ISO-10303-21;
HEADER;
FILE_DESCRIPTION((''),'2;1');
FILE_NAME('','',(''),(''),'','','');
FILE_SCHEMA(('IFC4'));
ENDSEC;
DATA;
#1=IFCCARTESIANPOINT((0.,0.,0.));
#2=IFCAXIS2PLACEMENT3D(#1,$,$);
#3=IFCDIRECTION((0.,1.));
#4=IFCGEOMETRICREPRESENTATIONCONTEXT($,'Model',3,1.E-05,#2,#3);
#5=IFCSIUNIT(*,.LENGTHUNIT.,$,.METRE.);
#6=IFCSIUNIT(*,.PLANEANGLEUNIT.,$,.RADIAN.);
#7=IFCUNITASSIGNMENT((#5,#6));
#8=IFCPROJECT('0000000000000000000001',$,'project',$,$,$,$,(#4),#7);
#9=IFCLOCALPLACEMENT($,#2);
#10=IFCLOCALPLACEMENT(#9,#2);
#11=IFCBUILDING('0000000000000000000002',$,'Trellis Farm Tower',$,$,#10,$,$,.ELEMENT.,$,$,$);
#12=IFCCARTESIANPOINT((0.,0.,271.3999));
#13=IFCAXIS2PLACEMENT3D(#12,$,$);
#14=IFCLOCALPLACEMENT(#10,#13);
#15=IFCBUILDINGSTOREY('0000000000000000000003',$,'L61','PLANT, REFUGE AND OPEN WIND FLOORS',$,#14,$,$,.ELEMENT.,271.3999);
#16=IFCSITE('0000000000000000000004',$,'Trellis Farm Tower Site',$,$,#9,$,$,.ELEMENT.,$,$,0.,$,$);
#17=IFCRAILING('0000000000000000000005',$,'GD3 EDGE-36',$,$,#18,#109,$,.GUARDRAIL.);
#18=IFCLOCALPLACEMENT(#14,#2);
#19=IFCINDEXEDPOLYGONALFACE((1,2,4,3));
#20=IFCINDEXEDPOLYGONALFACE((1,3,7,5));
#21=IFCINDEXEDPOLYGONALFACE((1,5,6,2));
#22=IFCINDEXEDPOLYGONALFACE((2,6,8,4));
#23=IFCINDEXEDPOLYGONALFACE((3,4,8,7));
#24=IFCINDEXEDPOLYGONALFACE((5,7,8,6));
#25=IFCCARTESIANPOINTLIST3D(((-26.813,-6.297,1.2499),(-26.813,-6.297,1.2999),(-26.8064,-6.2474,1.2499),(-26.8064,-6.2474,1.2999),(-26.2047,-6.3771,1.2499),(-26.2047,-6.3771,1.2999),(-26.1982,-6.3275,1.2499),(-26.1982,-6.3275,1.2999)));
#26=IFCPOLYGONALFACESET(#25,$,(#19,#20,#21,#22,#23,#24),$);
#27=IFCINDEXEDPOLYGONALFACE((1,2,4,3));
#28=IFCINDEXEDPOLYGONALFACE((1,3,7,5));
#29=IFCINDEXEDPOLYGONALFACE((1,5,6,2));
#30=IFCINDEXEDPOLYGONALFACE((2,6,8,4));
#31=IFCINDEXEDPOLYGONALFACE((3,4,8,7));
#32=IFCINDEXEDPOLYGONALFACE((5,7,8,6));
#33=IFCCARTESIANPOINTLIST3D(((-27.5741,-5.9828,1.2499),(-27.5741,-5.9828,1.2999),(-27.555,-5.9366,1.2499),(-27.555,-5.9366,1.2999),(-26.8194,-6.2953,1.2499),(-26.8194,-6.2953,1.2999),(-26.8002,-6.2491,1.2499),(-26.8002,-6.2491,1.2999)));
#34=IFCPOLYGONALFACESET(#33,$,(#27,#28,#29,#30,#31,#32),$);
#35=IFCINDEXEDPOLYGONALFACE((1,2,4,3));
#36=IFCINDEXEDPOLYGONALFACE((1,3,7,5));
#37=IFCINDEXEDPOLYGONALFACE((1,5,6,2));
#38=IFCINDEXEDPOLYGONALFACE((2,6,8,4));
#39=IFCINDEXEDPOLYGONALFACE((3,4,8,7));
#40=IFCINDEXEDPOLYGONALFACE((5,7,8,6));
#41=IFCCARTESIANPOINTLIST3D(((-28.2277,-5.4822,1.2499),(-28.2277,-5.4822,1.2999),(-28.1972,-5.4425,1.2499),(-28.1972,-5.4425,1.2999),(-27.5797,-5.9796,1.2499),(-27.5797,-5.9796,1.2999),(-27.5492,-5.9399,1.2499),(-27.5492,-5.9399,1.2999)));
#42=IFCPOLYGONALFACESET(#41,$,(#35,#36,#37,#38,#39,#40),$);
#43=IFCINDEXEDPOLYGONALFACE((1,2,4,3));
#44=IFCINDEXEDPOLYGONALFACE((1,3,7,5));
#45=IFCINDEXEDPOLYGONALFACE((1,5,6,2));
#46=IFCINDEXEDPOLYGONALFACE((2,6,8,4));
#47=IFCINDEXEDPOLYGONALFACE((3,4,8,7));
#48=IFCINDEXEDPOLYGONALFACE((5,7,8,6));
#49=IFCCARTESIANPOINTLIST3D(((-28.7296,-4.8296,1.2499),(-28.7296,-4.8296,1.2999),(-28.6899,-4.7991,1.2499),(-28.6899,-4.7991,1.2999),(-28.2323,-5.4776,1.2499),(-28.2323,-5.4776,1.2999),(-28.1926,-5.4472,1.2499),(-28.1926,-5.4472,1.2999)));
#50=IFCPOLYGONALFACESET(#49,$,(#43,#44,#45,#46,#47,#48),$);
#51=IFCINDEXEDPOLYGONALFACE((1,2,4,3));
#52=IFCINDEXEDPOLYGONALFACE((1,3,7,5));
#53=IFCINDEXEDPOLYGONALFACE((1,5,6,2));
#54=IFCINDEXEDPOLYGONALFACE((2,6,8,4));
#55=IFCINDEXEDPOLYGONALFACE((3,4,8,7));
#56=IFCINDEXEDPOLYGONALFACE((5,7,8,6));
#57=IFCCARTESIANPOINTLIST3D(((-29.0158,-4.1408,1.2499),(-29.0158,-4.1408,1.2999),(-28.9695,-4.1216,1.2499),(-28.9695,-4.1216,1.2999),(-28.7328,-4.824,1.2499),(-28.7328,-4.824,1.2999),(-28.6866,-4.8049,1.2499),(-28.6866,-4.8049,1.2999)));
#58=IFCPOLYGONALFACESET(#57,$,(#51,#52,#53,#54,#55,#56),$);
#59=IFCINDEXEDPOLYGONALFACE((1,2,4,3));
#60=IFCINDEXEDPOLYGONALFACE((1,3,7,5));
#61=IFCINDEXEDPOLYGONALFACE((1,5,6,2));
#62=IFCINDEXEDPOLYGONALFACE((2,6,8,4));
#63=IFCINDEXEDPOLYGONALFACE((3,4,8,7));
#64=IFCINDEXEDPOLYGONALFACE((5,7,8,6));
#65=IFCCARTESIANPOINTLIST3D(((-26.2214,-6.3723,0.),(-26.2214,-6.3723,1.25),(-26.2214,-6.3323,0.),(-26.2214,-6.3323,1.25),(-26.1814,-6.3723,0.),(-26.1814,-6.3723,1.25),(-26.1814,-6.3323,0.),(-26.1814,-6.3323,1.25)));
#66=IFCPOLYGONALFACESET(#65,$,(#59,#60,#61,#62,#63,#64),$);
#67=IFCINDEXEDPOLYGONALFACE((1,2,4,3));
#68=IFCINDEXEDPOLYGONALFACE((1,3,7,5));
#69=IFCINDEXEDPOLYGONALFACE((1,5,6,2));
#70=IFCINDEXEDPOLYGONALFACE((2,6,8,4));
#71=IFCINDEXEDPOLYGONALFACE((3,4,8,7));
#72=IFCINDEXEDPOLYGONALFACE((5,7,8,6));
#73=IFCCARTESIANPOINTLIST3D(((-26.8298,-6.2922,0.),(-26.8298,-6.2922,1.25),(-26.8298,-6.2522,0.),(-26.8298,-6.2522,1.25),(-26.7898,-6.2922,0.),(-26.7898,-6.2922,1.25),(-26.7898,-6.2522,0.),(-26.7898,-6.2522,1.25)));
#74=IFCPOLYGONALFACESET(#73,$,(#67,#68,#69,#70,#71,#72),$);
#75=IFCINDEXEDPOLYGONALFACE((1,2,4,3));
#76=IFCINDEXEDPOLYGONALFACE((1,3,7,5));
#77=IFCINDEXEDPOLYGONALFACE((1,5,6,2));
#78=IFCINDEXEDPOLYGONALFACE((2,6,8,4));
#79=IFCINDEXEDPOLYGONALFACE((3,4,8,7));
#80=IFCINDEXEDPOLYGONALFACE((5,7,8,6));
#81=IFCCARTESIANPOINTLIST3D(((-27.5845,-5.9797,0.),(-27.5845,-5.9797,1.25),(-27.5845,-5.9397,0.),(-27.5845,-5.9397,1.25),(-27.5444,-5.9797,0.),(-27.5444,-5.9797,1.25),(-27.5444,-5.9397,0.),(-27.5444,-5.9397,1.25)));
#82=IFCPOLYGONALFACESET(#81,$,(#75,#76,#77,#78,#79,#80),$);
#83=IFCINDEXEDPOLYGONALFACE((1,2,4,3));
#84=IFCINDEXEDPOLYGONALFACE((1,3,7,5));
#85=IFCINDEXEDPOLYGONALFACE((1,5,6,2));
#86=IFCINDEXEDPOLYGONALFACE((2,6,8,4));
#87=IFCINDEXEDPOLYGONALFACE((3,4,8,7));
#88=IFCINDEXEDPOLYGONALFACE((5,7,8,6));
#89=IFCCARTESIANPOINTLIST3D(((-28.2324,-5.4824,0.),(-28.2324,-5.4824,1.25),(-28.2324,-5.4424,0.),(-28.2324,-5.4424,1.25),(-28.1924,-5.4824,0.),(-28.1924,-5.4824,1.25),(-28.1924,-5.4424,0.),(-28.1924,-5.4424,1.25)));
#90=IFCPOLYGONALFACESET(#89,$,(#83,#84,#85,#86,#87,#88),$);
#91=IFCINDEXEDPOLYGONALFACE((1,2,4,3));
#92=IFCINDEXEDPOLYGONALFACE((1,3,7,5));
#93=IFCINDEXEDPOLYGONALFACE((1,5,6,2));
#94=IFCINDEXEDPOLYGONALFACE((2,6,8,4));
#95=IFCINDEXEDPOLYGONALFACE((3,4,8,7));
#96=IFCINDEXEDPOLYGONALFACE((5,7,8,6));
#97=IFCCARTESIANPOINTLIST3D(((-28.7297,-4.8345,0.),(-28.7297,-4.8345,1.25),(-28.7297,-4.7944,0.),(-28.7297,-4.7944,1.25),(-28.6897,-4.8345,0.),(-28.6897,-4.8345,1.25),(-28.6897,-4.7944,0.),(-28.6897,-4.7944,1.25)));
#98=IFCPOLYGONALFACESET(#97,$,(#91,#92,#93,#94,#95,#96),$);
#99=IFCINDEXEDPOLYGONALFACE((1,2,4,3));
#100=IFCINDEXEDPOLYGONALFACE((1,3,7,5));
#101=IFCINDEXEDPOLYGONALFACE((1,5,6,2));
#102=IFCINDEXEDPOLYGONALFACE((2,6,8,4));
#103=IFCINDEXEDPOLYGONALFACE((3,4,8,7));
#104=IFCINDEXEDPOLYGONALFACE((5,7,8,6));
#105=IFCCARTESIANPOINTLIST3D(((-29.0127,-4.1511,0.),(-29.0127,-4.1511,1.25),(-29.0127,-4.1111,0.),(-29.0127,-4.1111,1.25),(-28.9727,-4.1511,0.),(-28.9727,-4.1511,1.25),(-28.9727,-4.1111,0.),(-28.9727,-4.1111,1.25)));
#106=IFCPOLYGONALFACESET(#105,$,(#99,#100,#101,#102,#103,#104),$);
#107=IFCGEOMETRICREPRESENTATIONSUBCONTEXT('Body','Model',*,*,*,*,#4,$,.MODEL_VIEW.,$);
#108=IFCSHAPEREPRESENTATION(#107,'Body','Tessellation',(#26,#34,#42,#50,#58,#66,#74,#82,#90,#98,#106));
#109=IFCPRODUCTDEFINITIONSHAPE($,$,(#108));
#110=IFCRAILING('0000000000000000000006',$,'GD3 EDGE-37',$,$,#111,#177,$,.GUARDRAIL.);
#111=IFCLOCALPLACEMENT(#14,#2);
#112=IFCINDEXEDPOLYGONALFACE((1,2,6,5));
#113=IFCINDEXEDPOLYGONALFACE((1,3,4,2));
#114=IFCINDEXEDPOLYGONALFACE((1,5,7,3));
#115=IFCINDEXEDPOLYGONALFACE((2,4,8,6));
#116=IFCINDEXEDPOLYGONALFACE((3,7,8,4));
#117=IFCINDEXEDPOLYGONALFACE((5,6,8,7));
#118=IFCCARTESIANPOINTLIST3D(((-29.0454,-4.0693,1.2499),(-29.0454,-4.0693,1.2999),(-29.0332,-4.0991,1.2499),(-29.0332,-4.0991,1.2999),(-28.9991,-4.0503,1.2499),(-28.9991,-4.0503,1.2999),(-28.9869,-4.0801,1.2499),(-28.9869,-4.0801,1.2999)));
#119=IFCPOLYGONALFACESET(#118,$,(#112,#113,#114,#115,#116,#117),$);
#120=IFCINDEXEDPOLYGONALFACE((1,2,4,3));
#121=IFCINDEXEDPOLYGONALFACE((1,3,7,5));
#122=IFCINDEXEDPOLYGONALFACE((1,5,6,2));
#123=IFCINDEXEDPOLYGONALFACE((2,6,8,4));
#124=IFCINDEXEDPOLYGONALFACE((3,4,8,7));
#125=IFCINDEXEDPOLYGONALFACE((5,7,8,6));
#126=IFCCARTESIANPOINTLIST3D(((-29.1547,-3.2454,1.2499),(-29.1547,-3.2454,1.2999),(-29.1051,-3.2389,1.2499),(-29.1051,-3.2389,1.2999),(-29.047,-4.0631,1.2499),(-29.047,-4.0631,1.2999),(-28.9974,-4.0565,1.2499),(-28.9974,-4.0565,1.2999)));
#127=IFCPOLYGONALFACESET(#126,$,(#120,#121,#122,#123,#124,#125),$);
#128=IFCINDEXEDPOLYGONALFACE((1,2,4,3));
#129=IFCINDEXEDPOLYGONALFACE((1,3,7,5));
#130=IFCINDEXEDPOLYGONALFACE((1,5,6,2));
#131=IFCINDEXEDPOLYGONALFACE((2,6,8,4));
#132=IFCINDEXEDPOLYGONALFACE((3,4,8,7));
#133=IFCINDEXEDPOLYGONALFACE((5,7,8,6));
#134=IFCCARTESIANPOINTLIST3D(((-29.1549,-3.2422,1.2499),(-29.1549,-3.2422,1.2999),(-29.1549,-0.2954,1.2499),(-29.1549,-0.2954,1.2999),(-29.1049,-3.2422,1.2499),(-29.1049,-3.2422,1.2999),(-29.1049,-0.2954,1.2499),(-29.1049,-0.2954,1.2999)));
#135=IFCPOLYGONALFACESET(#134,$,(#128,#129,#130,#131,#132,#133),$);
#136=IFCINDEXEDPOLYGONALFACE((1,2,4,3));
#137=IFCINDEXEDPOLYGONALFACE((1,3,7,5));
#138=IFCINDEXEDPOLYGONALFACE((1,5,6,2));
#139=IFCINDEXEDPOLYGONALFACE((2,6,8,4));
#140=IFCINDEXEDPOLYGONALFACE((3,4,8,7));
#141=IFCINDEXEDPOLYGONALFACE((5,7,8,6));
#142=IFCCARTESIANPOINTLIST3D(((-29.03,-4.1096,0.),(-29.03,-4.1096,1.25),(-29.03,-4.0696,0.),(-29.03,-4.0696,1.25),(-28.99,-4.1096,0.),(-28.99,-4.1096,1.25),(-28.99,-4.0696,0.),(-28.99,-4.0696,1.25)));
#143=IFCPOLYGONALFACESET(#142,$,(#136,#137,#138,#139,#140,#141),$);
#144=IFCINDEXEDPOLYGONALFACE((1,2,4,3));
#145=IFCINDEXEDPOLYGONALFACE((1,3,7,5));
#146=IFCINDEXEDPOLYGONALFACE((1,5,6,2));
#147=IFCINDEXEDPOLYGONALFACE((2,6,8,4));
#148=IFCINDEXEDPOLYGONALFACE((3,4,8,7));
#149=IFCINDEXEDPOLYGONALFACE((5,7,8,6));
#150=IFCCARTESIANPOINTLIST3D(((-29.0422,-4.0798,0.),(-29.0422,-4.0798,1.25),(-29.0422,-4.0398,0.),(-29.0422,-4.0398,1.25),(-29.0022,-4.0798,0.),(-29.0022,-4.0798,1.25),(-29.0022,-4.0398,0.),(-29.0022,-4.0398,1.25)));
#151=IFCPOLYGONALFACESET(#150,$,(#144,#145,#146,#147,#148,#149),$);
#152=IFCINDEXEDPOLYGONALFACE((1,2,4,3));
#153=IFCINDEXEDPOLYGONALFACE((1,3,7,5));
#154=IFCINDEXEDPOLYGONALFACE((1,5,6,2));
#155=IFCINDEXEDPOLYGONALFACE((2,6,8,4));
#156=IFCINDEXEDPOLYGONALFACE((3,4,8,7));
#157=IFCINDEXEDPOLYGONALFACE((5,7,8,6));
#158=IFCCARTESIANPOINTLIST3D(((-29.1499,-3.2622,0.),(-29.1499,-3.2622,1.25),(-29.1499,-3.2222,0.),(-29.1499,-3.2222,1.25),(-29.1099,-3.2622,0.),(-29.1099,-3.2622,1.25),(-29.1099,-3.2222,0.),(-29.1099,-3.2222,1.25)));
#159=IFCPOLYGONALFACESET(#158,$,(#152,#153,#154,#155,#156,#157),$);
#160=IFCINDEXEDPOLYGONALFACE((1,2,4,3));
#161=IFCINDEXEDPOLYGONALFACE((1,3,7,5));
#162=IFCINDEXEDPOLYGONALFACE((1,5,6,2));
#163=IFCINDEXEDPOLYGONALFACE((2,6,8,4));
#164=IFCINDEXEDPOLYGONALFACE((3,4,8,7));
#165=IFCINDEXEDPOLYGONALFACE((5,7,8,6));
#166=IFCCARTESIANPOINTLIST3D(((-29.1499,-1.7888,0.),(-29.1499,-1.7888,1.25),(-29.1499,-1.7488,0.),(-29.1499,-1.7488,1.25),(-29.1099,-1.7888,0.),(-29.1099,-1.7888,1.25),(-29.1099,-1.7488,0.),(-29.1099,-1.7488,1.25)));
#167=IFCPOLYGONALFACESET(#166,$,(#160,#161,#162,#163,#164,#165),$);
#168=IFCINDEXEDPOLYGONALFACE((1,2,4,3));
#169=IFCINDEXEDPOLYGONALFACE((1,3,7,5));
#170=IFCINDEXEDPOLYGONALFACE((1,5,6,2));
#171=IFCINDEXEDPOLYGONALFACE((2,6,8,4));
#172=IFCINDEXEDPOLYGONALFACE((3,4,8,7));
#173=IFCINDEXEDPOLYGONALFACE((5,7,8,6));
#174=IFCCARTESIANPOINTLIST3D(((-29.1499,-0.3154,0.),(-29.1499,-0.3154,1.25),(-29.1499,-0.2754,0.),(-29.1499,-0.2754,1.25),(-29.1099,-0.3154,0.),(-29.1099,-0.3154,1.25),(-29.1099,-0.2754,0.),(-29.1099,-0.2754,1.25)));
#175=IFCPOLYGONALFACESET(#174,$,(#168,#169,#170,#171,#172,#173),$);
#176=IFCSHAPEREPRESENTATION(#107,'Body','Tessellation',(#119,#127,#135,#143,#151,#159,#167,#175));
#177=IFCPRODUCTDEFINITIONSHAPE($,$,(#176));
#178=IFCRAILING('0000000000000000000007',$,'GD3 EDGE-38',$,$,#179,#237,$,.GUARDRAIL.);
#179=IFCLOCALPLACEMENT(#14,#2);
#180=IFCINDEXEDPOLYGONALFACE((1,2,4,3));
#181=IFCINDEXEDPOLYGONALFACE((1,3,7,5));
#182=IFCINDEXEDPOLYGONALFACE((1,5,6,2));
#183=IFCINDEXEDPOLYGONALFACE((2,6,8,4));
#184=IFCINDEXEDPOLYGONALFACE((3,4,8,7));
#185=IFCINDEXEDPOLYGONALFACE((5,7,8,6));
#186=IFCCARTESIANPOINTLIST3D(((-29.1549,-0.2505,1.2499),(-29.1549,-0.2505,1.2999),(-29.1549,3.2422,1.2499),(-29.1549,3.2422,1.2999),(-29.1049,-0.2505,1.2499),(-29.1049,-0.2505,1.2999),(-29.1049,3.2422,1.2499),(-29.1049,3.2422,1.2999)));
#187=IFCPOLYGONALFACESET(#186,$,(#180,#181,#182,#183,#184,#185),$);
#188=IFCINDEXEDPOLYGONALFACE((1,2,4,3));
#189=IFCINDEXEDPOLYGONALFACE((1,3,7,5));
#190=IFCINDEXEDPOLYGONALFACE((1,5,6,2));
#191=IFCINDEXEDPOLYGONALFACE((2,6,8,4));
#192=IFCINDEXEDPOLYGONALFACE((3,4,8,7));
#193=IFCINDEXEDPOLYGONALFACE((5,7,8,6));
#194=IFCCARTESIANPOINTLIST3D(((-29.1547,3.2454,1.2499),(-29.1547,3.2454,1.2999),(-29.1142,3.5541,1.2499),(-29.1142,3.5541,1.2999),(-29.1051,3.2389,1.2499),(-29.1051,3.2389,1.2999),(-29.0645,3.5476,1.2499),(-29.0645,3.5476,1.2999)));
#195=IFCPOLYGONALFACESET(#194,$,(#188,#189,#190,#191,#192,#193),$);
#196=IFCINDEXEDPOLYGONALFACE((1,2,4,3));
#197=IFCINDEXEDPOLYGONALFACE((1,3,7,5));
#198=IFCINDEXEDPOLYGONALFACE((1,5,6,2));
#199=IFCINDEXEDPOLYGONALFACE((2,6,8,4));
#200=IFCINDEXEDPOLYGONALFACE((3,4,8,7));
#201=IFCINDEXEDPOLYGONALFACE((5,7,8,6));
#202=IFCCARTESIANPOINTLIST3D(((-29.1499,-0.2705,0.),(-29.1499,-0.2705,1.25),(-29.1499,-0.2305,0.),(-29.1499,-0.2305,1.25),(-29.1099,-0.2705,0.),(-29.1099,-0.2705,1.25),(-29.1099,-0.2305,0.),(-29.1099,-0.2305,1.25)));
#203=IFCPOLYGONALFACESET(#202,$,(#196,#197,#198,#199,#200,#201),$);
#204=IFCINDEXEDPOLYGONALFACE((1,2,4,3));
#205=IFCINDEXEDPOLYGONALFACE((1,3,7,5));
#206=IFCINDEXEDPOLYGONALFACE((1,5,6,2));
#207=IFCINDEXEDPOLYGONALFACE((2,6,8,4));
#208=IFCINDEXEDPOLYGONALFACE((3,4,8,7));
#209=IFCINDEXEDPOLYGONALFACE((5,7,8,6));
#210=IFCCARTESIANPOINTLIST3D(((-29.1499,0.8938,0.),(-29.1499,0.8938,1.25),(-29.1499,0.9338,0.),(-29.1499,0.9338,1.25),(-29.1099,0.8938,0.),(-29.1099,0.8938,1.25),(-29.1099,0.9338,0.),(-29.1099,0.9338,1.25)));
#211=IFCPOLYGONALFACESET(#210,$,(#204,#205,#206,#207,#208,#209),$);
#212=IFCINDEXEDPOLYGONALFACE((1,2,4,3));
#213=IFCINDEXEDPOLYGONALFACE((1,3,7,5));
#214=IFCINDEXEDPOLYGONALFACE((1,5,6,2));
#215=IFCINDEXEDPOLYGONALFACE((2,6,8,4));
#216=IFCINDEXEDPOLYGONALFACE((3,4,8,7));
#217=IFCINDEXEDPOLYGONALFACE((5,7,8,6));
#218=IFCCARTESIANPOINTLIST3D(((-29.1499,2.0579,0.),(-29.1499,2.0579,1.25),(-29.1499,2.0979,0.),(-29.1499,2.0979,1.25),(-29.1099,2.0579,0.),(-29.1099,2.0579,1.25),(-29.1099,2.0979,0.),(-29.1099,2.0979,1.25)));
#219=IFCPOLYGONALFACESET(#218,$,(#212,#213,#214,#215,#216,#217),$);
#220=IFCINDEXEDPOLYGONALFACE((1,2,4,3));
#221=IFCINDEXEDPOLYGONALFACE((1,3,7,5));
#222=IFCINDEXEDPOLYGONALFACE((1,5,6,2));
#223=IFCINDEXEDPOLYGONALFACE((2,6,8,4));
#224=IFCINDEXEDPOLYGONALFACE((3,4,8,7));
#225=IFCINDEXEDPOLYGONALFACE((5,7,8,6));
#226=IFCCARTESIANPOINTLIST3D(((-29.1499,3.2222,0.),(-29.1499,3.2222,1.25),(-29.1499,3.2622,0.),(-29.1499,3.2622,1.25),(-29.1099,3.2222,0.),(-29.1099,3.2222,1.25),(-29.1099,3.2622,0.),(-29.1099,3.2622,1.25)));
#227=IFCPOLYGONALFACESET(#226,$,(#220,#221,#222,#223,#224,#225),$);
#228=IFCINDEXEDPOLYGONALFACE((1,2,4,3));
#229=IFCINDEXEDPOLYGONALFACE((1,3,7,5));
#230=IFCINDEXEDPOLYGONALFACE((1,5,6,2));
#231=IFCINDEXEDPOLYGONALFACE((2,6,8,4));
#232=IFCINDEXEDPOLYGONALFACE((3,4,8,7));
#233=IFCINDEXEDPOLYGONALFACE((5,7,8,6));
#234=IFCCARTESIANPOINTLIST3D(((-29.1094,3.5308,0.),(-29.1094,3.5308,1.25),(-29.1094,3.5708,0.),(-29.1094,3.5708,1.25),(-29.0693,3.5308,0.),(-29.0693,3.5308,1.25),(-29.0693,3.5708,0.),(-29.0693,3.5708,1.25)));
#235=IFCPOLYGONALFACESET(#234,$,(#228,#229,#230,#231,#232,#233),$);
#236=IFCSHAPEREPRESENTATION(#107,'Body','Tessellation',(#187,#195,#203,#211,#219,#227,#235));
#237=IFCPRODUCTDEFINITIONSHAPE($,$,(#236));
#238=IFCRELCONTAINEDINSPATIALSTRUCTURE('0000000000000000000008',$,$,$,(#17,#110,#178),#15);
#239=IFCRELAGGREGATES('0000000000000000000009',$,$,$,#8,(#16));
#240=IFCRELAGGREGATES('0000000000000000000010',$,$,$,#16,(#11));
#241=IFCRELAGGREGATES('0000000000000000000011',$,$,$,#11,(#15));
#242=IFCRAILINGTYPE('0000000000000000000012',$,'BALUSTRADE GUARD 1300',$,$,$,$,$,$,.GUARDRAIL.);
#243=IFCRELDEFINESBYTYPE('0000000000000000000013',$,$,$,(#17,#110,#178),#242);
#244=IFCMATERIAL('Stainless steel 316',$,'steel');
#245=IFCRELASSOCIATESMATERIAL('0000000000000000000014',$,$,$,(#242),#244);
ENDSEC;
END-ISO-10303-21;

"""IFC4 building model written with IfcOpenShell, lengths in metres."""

from ifc_helpers import new_model, si_unit, direction, frame, origin, origin_2d, place, context, subcontext, project, spatial, rectangle, extrude, material, type_object, element, save


model = new_model("IFC4")

# Units and contexts
model_context = context("Model", 3, precision=1e-05, world=origin(), true_north=direction((0.0, 1.0)))
body_context = subcontext(model_context, "Body", "Model", "MODEL_VIEW")
ifc_project = project(units=[si_unit("LENGTHUNIT", "METRE"), si_unit("PLANEANGLEUNIT", "RADIAN")], contexts=[model_context])

# Site, building, storey
site_placement = place(None, origin())
site = spatial("IfcSite", under=ifc_project, at=site_placement, Name="Trellis Farm Tower Site", CompositionType="ELEMENT", RefElevation=0.0)
building_placement = place(site_placement, origin())
building = spatial("IfcBuilding", under=site, at=building_placement, Name="Trellis Farm Tower", CompositionType="ELEMENT")
storey_placement = place(building_placement, frame((0.0, 0.0, 271.3999)))
storey = spatial("IfcBuildingStorey", under=building, at=storey_placement, Name="L61", Description="PLANT, REFUGE AND OPEN WIND FLOORS", CompositionType="ELEMENT", Elevation=271.3999)

# Railings
ifc_material_1 = material(Name="Stainless steel 316", Category="steel")
railing_type_1 = type_object("IfcRailingType", Name="BALUSTRADE GUARD 1300", PredefinedType="GUARDRAIL", material=ifc_material_1)
railing_1_placement = place(storey_placement, frame((-26.2014, -6.3523, 0.0)))
element("IfcRailing", 1, at=railing_1_placement, inside=storey, type_object=railing_type_1, Name="GD3 EDGE-36", PredefinedType="GUARDRAIL", context=body_context, shape_type="SweptSolid", body=[
    extrude(rectangle(XDim=0.05, YDim=0.05, at=origin_2d()), frame((0.0, 0.0, 1.2749), z_axis=(-0.991449, 0.130496, 0.0), x_axis=(-0.130496, -0.991449, 0.0)), (0.0, 0.0, 1.0), 0.6135),
    extrude(rectangle(XDim=0.05, YDim=0.05, at=origin_2d()), frame((-0.6084, 0.0801, 1.2749), z_axis=(-0.923915, 0.382598, 0.0), x_axis=(-0.382598, -0.923915, 0.0)), (0.0, 0.0, 1.0), 0.8169),
    extrude(rectangle(XDim=0.05, YDim=0.05, at=origin_2d()), frame((-1.363, 0.3926, 1.2749), z_axis=(-0.793279, 0.608858, 0.0), x_axis=(-0.608858, -0.793279, 0.0)), (0.0, 0.0, 1.0), 0.8169),
    extrude(rectangle(XDim=0.05, YDim=0.05, at=origin_2d()), frame((-2.011, 0.8899, 1.2749), z_axis=(-0.608858, 0.793279, 0.0), x_axis=(-0.793279, -0.608858, 0.0)), (0.0, 0.0, 1.0), 0.8169),
    extrude(rectangle(XDim=0.05, YDim=0.05, at=origin_2d()), frame((-2.5083, 1.5378, 1.2749), z_axis=(-0.382575, 0.923924, 0.0), x_axis=(-0.923924, -0.382575, 0.0)), (0.0, 0.0, 1.0), 0.7395),
    extrude(rectangle(XDim=0.04, YDim=0.04, at=origin_2d()), origin(), (0.0, 0.0, 1.0), 1.25),
    extrude(rectangle(XDim=0.04, YDim=0.04, at=origin_2d()), frame((-0.6084, 0.0801, 0.0)), (0.0, 0.0, 1.0), 1.25),
    extrude(rectangle(XDim=0.04, YDim=0.04, at=origin_2d()), frame((-1.363, 0.3926, 0.0)), (0.0, 0.0, 1.0), 1.25),
    extrude(rectangle(XDim=0.04, YDim=0.04, at=origin_2d()), frame((-2.011, 0.8899, 0.0)), (0.0, 0.0, 1.0), 1.25),
    extrude(rectangle(XDim=0.04, YDim=0.04, at=origin_2d()), frame((-2.5083, 1.5378, 0.0)), (0.0, 0.0, 1.0), 1.25),
    extrude(rectangle(XDim=0.04, YDim=0.04, at=origin_2d()), frame((-2.7913, 2.2212, 0.0)), (0.0, 0.0, 1.0), 1.25),
])
railing_2_placement = place(storey_placement, frame((-29.01, -4.0896, 0.0)))
element("IfcRailing", 2, at=railing_2_placement, inside=storey, type_object=railing_type_1, Name="GD3 EDGE-37", PredefinedType="GUARDRAIL", context=body_context, shape_type="SweptSolid", body=[
    extrude(rectangle(XDim=0.05, YDim=0.05, at=origin_2d()), frame((0.0, 0.0, 1.2749), z_axis=(-0.379223, 0.925305, 0.0), x_axis=(-0.925305, -0.379223, 0.0)), (0.0, 0.0, 1.0), 0.0322),
    extrude(rectangle(XDim=0.05, YDim=0.05, at=origin_2d()), frame((-0.0122, 0.0298, 1.2749), z_axis=(-0.130554, 0.991441, 0.0), x_axis=(-0.991441, -0.130554, 0.0)), (0.0, 0.0, 1.0), 0.8247),
    extrude(rectangle(XDim=0.05, YDim=0.05, at=origin_2d()), frame((-0.1199, 0.8474, 1.2749), z_axis=(0.0, 1.0, 0.0), x_axis=(-1.0, 0.0, 0.0)), (0.0, 0.0, 1.0), 2.9468),
    extrude(rectangle(XDim=0.04, YDim=0.04, at=origin_2d()), origin(), (0.0, 0.0, 1.0), 1.25),
    extrude(rectangle(XDim=0.04, YDim=0.04, at=origin_2d()), frame((-0.0122, 0.0298, 0.0)), (0.0, 0.0, 1.0), 1.25),
    extrude(rectangle(XDim=0.04, YDim=0.04, at=origin_2d()), frame((-0.1199, 0.8474, 0.0)), (0.0, 0.0, 1.0), 1.25),
    extrude(rectangle(XDim=0.04, YDim=0.04, at=origin_2d()), frame((-0.1199, 2.3208, 0.0)), (0.0, 0.0, 1.0), 1.25),
    extrude(rectangle(XDim=0.04, YDim=0.04, at=origin_2d()), frame((-0.1199, 3.7942, 0.0)), (0.0, 0.0, 1.0), 1.25),
])
railing_3_placement = place(storey_placement, frame((-29.1299, -0.2505, 0.0)))
element("IfcRailing", 3, at=railing_3_placement, inside=storey, type_object=railing_type_1, Name="GD3 EDGE-38", PredefinedType="GUARDRAIL", context=body_context, shape_type="SweptSolid", body=[
    extrude(rectangle(XDim=0.05, YDim=0.05, at=origin_2d()), frame((0.0, 0.0, 1.2749), z_axis=(0.0, 1.0, 0.0), x_axis=(-1.0, 0.0, 0.0)), (0.0, 0.0, 1.0), 3.4927),
    extrude(rectangle(XDim=0.05, YDim=0.05, at=origin_2d()), frame((0.0, 3.4927, 1.2749), z_axis=(0.130211, 0.991486, 0.0), x_axis=(-0.991486, 0.130211, 0.0)), (0.0, 0.0, 1.0), 0.3113),
    extrude(rectangle(XDim=0.04, YDim=0.04, at=origin_2d()), origin(), (0.0, 0.0, 1.0), 1.25),
    extrude(rectangle(XDim=0.04, YDim=0.04, at=origin_2d()), frame((0.0, 1.1643, 0.0)), (0.0, 0.0, 1.0), 1.25),
    extrude(rectangle(XDim=0.04, YDim=0.04, at=origin_2d()), frame((0.0, 2.3284, 0.0)), (0.0, 0.0, 1.0), 1.25),
    extrude(rectangle(XDim=0.04, YDim=0.04, at=origin_2d()), frame((0.0, 3.4927, 0.0)), (0.0, 0.0, 1.0), 1.25),
    extrude(rectangle(XDim=0.04, YDim=0.04, at=origin_2d()), frame((0.0405, 3.8013, 0.0)), (0.0, 0.0, 1.0), 1.25),
])

save(model, "model.ifc")
